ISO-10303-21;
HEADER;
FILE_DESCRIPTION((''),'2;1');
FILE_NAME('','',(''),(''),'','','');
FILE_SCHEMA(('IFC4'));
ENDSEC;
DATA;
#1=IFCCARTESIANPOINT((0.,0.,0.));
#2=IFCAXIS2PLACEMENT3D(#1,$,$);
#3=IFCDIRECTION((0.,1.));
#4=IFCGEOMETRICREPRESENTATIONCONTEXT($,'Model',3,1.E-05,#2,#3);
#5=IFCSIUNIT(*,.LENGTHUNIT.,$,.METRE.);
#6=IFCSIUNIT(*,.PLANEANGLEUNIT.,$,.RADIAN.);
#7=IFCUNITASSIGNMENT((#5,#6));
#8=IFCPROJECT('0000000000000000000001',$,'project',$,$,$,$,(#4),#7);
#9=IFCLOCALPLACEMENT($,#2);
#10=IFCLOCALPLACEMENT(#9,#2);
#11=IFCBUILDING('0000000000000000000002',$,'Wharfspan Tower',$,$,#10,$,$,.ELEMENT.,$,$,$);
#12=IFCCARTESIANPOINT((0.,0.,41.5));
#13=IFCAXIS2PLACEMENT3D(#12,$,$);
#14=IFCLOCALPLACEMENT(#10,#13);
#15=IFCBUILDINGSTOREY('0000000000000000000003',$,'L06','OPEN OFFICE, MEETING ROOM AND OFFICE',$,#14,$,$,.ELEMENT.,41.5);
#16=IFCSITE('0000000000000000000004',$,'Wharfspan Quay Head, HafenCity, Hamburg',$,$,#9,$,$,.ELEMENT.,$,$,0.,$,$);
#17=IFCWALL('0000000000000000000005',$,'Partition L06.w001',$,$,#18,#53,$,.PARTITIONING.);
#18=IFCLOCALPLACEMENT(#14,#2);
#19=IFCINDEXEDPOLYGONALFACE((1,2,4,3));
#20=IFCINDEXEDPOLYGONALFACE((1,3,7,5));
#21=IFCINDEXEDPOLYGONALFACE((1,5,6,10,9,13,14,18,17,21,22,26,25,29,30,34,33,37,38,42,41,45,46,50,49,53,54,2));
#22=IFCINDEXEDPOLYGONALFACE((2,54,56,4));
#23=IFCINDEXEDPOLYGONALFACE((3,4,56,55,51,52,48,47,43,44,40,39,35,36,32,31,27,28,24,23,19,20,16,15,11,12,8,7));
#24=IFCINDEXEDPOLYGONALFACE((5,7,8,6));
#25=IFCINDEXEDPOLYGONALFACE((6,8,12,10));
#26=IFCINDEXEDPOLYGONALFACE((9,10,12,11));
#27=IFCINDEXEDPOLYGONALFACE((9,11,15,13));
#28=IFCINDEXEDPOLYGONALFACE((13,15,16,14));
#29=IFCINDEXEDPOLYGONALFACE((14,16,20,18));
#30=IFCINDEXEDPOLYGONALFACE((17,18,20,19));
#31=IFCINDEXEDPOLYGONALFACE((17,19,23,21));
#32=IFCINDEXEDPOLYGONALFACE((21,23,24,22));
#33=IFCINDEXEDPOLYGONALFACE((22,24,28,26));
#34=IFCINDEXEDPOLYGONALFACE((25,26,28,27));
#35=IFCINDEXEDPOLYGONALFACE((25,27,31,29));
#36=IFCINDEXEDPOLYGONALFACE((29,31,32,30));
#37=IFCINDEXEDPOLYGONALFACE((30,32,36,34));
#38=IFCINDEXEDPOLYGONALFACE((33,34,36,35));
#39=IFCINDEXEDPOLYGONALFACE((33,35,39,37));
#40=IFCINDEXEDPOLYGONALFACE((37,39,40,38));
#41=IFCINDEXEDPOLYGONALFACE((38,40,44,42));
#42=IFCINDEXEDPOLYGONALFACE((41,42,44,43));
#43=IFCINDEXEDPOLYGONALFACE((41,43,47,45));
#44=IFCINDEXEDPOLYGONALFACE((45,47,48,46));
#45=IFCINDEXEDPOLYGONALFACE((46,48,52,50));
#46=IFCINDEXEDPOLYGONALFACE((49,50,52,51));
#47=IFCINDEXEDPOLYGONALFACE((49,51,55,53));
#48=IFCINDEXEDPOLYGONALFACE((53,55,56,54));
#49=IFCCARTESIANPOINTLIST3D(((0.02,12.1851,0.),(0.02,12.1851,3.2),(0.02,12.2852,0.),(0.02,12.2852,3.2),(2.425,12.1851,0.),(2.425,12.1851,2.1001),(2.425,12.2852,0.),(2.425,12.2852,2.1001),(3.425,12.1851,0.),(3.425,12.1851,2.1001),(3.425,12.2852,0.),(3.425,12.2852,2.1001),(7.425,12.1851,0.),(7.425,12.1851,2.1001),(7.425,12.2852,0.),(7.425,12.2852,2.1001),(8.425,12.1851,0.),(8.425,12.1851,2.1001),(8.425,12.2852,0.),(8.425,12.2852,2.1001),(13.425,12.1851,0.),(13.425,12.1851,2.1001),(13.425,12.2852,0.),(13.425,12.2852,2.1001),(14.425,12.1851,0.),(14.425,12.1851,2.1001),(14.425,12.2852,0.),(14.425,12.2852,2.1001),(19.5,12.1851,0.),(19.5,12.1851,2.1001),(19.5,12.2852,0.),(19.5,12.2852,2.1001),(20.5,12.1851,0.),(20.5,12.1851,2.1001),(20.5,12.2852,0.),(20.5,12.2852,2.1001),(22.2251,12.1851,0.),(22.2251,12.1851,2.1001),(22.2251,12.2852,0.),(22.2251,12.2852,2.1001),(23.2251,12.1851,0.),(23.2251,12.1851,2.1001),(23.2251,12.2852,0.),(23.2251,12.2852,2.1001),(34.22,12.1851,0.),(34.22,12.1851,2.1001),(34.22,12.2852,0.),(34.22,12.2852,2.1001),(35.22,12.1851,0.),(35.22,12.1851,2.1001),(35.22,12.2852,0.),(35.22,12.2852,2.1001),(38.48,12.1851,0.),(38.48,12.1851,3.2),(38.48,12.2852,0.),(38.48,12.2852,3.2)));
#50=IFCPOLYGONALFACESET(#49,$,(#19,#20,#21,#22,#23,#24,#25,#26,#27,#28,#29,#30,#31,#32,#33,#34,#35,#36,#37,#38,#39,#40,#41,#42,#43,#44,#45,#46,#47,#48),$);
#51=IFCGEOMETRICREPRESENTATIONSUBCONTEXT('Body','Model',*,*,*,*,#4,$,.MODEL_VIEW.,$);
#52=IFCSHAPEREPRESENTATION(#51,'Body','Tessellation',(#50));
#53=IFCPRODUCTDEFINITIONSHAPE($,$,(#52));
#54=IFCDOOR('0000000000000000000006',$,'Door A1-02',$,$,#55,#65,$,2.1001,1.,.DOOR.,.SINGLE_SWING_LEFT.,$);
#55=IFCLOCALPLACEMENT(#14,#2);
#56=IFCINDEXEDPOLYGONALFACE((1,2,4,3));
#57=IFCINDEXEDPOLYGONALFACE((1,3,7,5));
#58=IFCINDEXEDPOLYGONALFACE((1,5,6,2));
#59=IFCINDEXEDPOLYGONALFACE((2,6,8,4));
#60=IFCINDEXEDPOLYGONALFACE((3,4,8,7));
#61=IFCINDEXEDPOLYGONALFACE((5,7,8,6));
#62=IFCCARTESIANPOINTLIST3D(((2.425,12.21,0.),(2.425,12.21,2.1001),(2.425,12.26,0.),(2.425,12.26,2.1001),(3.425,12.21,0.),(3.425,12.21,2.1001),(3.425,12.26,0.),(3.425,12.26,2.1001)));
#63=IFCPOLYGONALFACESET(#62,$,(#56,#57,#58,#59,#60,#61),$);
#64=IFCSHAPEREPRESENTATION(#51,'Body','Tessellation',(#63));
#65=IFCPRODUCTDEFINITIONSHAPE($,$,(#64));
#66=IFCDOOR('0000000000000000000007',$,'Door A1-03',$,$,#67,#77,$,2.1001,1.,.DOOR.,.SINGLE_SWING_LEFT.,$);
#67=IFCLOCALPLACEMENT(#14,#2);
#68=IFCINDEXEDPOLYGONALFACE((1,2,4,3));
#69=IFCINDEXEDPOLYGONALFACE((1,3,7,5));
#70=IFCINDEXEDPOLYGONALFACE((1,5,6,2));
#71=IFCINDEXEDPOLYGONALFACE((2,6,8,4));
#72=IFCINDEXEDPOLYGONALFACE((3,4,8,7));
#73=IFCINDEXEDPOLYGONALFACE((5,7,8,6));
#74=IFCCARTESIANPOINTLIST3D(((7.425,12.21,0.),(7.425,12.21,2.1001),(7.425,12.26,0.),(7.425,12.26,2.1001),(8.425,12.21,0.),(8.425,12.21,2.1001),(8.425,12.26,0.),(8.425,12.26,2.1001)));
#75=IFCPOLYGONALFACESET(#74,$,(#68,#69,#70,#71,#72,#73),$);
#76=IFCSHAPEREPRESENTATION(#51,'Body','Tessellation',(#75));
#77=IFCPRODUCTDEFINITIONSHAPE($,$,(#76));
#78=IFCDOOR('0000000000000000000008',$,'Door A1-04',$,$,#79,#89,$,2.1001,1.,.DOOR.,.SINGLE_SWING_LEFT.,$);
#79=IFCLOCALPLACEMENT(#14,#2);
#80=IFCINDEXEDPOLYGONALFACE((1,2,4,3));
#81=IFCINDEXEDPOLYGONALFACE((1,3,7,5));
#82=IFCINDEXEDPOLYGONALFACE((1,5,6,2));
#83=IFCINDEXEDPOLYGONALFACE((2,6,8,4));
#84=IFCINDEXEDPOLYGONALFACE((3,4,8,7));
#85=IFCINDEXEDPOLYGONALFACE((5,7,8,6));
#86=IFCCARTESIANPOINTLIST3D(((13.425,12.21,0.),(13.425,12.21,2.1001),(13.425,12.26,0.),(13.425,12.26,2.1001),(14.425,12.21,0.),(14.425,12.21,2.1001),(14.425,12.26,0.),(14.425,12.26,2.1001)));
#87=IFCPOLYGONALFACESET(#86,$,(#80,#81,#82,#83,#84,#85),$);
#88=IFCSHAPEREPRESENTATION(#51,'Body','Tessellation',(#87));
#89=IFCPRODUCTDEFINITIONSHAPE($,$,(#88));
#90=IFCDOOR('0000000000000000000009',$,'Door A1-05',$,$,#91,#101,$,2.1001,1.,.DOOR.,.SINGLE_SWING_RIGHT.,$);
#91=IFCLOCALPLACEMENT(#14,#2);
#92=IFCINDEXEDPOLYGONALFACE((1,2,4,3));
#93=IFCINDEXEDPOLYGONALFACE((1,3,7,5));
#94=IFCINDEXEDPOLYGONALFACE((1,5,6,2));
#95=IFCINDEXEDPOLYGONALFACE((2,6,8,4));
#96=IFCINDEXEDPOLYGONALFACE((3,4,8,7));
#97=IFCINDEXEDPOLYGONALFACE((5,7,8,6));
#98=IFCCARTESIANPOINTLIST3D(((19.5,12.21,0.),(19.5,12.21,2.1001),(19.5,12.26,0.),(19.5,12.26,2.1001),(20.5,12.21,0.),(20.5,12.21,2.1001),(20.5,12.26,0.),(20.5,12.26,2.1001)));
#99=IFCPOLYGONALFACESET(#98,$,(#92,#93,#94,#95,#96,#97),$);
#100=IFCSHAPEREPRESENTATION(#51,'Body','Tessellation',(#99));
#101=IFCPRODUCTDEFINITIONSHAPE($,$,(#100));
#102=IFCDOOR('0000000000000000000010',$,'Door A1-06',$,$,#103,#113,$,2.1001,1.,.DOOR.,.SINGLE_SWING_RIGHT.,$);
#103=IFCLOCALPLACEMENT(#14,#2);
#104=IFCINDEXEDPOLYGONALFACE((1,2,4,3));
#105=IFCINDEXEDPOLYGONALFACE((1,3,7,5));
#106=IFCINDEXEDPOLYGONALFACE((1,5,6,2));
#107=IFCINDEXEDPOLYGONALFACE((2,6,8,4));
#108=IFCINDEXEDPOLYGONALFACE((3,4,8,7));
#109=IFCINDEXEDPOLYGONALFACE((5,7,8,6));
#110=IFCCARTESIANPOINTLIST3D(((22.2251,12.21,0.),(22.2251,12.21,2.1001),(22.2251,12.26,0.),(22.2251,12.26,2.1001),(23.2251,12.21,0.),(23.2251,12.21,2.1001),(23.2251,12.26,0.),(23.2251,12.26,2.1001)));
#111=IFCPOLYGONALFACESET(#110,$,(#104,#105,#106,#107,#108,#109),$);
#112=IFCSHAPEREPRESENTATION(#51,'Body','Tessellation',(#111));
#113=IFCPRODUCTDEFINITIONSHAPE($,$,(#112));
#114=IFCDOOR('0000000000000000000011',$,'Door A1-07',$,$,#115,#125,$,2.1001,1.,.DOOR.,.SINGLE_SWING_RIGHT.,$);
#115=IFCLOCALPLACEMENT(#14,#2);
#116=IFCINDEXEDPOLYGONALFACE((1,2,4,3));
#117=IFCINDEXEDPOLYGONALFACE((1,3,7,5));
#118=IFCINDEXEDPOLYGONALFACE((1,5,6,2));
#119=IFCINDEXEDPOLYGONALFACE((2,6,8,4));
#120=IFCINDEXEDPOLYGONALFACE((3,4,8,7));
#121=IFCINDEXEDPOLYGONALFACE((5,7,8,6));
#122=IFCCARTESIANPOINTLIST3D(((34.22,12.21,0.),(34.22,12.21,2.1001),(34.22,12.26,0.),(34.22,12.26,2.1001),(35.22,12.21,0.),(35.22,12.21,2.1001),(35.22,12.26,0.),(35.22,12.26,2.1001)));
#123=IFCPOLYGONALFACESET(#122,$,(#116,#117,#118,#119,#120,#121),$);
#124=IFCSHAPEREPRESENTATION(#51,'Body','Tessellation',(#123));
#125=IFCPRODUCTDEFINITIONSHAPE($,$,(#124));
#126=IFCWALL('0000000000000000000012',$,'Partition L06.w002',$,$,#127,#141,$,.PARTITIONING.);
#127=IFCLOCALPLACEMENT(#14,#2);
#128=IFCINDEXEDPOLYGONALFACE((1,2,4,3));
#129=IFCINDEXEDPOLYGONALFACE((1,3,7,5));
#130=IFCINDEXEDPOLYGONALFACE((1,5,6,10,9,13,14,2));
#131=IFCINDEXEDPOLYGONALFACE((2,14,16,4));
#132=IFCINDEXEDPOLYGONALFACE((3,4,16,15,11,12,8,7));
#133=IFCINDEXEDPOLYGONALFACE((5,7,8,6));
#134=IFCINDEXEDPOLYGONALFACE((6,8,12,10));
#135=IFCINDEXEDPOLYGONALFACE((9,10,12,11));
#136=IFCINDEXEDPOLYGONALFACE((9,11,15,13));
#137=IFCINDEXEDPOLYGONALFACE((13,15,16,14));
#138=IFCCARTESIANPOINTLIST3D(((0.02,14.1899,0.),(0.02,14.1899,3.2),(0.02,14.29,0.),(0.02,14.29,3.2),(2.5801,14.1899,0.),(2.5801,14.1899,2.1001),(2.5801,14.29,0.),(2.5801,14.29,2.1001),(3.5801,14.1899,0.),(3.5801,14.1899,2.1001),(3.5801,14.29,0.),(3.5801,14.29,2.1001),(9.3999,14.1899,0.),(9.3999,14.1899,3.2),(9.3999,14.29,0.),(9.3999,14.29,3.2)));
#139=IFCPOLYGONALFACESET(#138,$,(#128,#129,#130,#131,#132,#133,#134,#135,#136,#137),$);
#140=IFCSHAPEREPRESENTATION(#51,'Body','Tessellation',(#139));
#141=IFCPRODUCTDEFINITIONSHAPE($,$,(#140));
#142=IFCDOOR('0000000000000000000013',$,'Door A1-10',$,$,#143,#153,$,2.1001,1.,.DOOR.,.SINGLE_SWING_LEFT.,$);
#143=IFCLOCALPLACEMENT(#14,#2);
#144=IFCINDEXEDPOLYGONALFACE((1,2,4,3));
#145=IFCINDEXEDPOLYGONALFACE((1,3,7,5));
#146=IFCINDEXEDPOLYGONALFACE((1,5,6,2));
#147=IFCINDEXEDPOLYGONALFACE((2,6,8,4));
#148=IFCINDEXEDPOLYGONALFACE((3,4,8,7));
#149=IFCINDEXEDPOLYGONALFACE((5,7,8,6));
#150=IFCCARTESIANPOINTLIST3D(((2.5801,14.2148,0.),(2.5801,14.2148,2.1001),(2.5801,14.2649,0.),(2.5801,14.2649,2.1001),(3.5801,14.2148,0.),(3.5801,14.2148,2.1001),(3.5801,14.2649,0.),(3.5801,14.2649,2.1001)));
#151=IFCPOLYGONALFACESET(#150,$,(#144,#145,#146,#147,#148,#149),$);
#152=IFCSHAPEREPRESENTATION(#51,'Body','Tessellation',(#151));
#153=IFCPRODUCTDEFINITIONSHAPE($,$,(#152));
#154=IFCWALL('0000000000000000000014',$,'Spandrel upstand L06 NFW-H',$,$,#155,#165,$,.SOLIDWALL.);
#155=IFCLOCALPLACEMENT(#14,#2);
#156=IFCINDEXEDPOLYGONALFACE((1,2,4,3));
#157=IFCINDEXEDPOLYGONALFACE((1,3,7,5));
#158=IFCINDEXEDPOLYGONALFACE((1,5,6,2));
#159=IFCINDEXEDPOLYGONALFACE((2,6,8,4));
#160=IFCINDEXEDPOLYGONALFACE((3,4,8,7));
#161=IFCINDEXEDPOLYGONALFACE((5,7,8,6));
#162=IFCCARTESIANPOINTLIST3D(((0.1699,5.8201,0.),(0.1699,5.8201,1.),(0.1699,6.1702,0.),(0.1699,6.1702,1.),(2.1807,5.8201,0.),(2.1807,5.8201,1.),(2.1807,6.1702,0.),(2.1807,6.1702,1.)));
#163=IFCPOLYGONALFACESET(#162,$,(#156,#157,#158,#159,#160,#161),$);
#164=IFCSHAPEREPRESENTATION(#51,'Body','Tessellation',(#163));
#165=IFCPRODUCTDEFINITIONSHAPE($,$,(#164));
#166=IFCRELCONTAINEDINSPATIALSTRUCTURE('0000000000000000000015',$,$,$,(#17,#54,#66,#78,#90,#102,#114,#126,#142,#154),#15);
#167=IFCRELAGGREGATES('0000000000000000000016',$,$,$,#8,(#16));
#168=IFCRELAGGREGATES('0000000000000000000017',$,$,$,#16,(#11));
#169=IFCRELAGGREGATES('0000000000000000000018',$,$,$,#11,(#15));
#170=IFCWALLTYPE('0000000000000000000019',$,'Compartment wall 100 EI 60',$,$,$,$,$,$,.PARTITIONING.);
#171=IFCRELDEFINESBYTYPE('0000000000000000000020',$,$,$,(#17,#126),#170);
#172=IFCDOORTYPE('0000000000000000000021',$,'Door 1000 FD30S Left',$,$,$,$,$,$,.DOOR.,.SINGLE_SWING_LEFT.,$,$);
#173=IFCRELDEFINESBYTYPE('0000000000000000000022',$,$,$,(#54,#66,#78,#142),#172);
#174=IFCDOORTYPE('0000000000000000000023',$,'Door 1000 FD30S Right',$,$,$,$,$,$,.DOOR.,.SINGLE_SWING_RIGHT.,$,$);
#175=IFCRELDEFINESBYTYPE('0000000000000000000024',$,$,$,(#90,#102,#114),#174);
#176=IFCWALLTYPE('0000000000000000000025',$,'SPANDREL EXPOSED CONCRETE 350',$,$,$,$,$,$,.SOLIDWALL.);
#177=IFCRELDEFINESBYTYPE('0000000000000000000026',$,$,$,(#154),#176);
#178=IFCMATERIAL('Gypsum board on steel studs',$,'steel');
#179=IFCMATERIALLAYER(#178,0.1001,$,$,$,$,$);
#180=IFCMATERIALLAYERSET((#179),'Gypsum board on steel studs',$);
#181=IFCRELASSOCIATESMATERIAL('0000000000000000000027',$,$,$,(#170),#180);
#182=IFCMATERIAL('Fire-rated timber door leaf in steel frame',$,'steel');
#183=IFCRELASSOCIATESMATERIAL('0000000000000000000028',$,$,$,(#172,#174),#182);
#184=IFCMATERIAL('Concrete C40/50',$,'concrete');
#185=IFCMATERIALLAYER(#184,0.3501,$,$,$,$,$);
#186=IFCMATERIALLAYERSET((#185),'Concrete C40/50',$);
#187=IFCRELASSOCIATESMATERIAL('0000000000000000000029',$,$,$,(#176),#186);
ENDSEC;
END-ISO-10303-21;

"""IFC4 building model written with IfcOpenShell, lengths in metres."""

from ifc_helpers import new_model, si_unit, direction, frame, frame_2d, origin, place, context, subcontext, project, spatial, rectangle, extrude, material, layer, layer_set, type_object, element, fill, save


model = new_model("IFC4")

# Units and contexts
model_context = context("Model", 3, precision=1e-05, world=origin(), true_north=direction((0.0, 1.0)))
body_context = subcontext(model_context, "Body", "Model", "MODEL_VIEW")
ifc_project = project(units=[si_unit("LENGTHUNIT", "METRE"), si_unit("PLANEANGLEUNIT", "RADIAN")], contexts=[model_context])

# Site, building, storey
site_placement = place(None, origin())
site = spatial("IfcSite", under=ifc_project, at=site_placement, Name="Wharfspan Quay Head, HafenCity, Hamburg", CompositionType="ELEMENT", RefElevation=0.0)
building_placement = place(site_placement, origin())
building = spatial("IfcBuilding", under=site, at=building_placement, Name="Wharfspan Tower", CompositionType="ELEMENT")
storey_placement = place(building_placement, frame((0.0, 0.0, 41.5)))
storey = spatial("IfcBuildingStorey", under=building, at=storey_placement, Name="L06", Description="OPEN OFFICE, MEETING ROOM AND OFFICE", CompositionType="ELEMENT", Elevation=41.5)

# Shared definitions
ifc_material_1 = material(Name="Concrete C40/50", Category="concrete")

# Wall, openings, doors
ifc_material_2 = material(Name="Gypsum board on steel studs", Category="steel")
ifc_layer_1 = layer(ifc_material_2, 0.1001)
ifc_layer_set_1 = layer_set([ifc_layer_1], Name="Gypsum board on steel studs")
wall_type_1 = type_object("IfcWallType", Name="Compartment wall 100 EI 60", PredefinedType="PARTITIONING", material=ifc_layer_set_1)
wall_1_placement = place(storey_placement, frame((0.02, 12.2351, 0.0), z_axis=(0.0, 0.0, 1.0), x_axis=(1.0, 0.0, 0.0)))
wall_1 = element("IfcWall", 1, at=wall_1_placement, inside=storey, type_object=wall_type_1, Name="Partition L06.w001", PredefinedType="PARTITIONING", context=body_context, shape_type="SweptSolid", body=[
    extrude(rectangle(XDim=38.46, YDim=0.1001, at=frame_2d((19.23, 0.0))), origin(), (0.0, 0.0, 1.0), 3.2),
])
opening_1_placement = place(wall_1_placement, frame((2.405, 0.0, 0.0)))
opening_1 = element("IfcOpeningElement", 2, at=opening_1_placement, cuts=wall_1, PredefinedType="OPENING", context=body_context, shape_type="SweptSolid", body=[
    extrude(rectangle(XDim=1.0, YDim=2.1001, at=frame_2d((0.5, 1.05))), frame((0.0, 0.0601, 0.0), z_axis=(0.0, -1.0, 0.0), x_axis=(1.0, 0.0, 0.0)), (0.0, 0.0, 1.0), 0.1201),
])
opening_2_placement = place(wall_1_placement, frame((7.405, 0.0, 0.0)))
opening_2 = element("IfcOpeningElement", 3, at=opening_2_placement, cuts=wall_1, PredefinedType="OPENING", context=body_context, shape_type="SweptSolid", body=[
    extrude(rectangle(XDim=1.0, YDim=2.1001, at=frame_2d((0.5, 1.05))), frame((0.0, 0.0601, 0.0), z_axis=(0.0, -1.0, 0.0), x_axis=(1.0, 0.0, 0.0)), (0.0, 0.0, 1.0), 0.1201),
])
opening_3_placement = place(wall_1_placement, frame((13.405, 0.0, 0.0)))
opening_3 = element("IfcOpeningElement", 4, at=opening_3_placement, cuts=wall_1, PredefinedType="OPENING", context=body_context, shape_type="SweptSolid", body=[
    extrude(rectangle(XDim=1.0, YDim=2.1001, at=frame_2d((0.5, 1.05))), frame((0.0, 0.0601, 0.0), z_axis=(0.0, -1.0, 0.0), x_axis=(1.0, 0.0, 0.0)), (0.0, 0.0, 1.0), 0.1201),
])
opening_4_placement = place(wall_1_placement, frame((19.48, 0.0, 0.0)))
opening_4 = element("IfcOpeningElement", 5, at=opening_4_placement, cuts=wall_1, PredefinedType="OPENING", context=body_context, shape_type="SweptSolid", body=[
    extrude(rectangle(XDim=1.0, YDim=2.1001, at=frame_2d((0.5, 1.05))), frame((0.0, 0.0601, 0.0), z_axis=(0.0, -1.0, 0.0), x_axis=(1.0, 0.0, 0.0)), (0.0, 0.0, 1.0), 0.1201),
])
opening_5_placement = place(wall_1_placement, frame((22.2051, 0.0, 0.0)))
opening_5 = element("IfcOpeningElement", 6, at=opening_5_placement, cuts=wall_1, PredefinedType="OPENING", context=body_context, shape_type="SweptSolid", body=[
    extrude(rectangle(XDim=1.0, YDim=2.1001, at=frame_2d((0.5, 1.05))), frame((0.0, 0.0601, 0.0), z_axis=(0.0, -1.0, 0.0), x_axis=(1.0, 0.0, 0.0)), (0.0, 0.0, 1.0), 0.1201),
])
opening_6_placement = place(wall_1_placement, frame((34.2, 0.0, 0.0)))
opening_6 = element("IfcOpeningElement", 7, at=opening_6_placement, cuts=wall_1, PredefinedType="OPENING", context=body_context, shape_type="SweptSolid", body=[
    extrude(rectangle(XDim=1.0, YDim=2.1001, at=frame_2d((0.5, 1.05))), frame((0.0, 0.0601, 0.0), z_axis=(0.0, -1.0, 0.0), x_axis=(1.0, 0.0, 0.0)), (0.0, 0.0, 1.0), 0.1201),
])
ifc_material_3 = material(Name="Fire-rated timber door leaf in steel frame", Category="steel")
door_type_1 = type_object("IfcDoorType", Name="Door 1000 FD30S Left", OperationType="SINGLE_SWING_LEFT", PredefinedType="DOOR", material=ifc_material_3)
door_1_placement = place(opening_1_placement, origin())
door_1 = element("IfcDoor", 8, at=door_1_placement, inside=storey, type_object=door_type_1, Name="Door A1-02", OperationType="SINGLE_SWING_LEFT", OverallHeight=2.1001, OverallWidth=1.0, PredefinedType="DOOR", context=body_context, shape_type="SweptSolid", body=[
    extrude(rectangle(XDim=1.0, YDim=2.1001, at=frame_2d((0.5, 1.05))), frame((0.0, 0.0249, 0.0), z_axis=(0.0, -1.0, 0.0), x_axis=(1.0, 0.0, 0.0)), (0.0, 0.0, 1.0), 0.05),
])
fill(opening_1, door_1)
door_2_placement = place(opening_2_placement, origin())
door_2 = element("IfcDoor", 9, at=door_2_placement, inside=storey, type_object=door_type_1, Name="Door A1-03", OperationType="SINGLE_SWING_LEFT", OverallHeight=2.1001, OverallWidth=1.0, PredefinedType="DOOR", context=body_context, shape_type="SweptSolid", body=[
    extrude(rectangle(XDim=1.0, YDim=2.1001, at=frame_2d((0.5, 1.05))), frame((0.0, 0.0249, 0.0), z_axis=(0.0, -1.0, 0.0), x_axis=(1.0, 0.0, 0.0)), (0.0, 0.0, 1.0), 0.05),
])
fill(opening_2, door_2)
door_3_placement = place(opening_3_placement, origin())
door_3 = element("IfcDoor", 10, at=door_3_placement, inside=storey, type_object=door_type_1, Name="Door A1-04", OperationType="SINGLE_SWING_LEFT", OverallHeight=2.1001, OverallWidth=1.0, PredefinedType="DOOR", context=body_context, shape_type="SweptSolid", body=[
    extrude(rectangle(XDim=1.0, YDim=2.1001, at=frame_2d((0.5, 1.05))), frame((0.0, 0.0249, 0.0), z_axis=(0.0, -1.0, 0.0), x_axis=(1.0, 0.0, 0.0)), (0.0, 0.0, 1.0), 0.05),
])
fill(opening_3, door_3)
door_type_2 = type_object("IfcDoorType", Name="Door 1000 FD30S Right", OperationType="SINGLE_SWING_RIGHT", PredefinedType="DOOR", material=ifc_material_3)
door_4_placement = place(opening_4_placement, origin())
door_4 = element("IfcDoor", 11, at=door_4_placement, inside=storey, type_object=door_type_2, Name="Door A1-05", OperationType="SINGLE_SWING_RIGHT", OverallHeight=2.1001, OverallWidth=1.0, PredefinedType="DOOR", context=body_context, shape_type="SweptSolid", body=[
    extrude(rectangle(XDim=1.0, YDim=2.1001, at=frame_2d((0.5, 1.05))), frame((0.0, 0.0249, 0.0), z_axis=(0.0, -1.0, 0.0), x_axis=(1.0, 0.0, 0.0)), (0.0, 0.0, 1.0), 0.05),
])
fill(opening_4, door_4)
door_5_placement = place(opening_5_placement, origin())
door_5 = element("IfcDoor", 12, at=door_5_placement, inside=storey, type_object=door_type_2, Name="Door A1-06", OperationType="SINGLE_SWING_RIGHT", OverallHeight=2.1001, OverallWidth=1.0, PredefinedType="DOOR", context=body_context, shape_type="SweptSolid", body=[
    extrude(rectangle(XDim=1.0, YDim=2.1001, at=frame_2d((0.5, 1.05))), frame((0.0, 0.0249, 0.0), z_axis=(0.0, -1.0, 0.0), x_axis=(1.0, 0.0, 0.0)), (0.0, 0.0, 1.0), 0.05),
])
fill(opening_5, door_5)
door_6_placement = place(opening_6_placement, origin())
door_6 = element("IfcDoor", 13, at=door_6_placement, inside=storey, type_object=door_type_2, Name="Door A1-07", OperationType="SINGLE_SWING_RIGHT", OverallHeight=2.1001, OverallWidth=1.0, PredefinedType="DOOR", context=body_context, shape_type="SweptSolid", body=[
    extrude(rectangle(XDim=1.0, YDim=2.1001, at=frame_2d((0.5, 1.05))), frame((0.0, 0.0249, 0.0), z_axis=(0.0, -1.0, 0.0), x_axis=(1.0, 0.0, 0.0)), (0.0, 0.0, 1.0), 0.05),
])
fill(opening_6, door_6)

# Wall, opening, door
wall_2_placement = place(storey_placement, frame((0.02, 14.24, 0.0), z_axis=(0.0, 0.0, 1.0), x_axis=(1.0, 0.0, 0.0)))
wall_2 = element("IfcWall", 14, at=wall_2_placement, inside=storey, type_object=wall_type_1, Name="Partition L06.w002", PredefinedType="PARTITIONING", context=body_context, shape_type="SweptSolid", body=[
    extrude(rectangle(XDim=9.3799, YDim=0.1001, at=frame_2d((4.6899, 0.0))), origin(), (0.0, 0.0, 1.0), 3.2),
])
opening_7_placement = place(wall_2_placement, frame((2.5601, 0.0, 0.0)))
opening_7 = element("IfcOpeningElement", 15, at=opening_7_placement, cuts=wall_2, PredefinedType="OPENING", context=body_context, shape_type="SweptSolid", body=[
    extrude(rectangle(XDim=1.0, YDim=2.1001, at=frame_2d((0.5, 1.05))), frame((0.0, 0.0601, 0.0), z_axis=(0.0, -1.0, 0.0), x_axis=(1.0, 0.0, 0.0)), (0.0, 0.0, 1.0), 0.1201),
])
door_7_placement = place(opening_7_placement, origin())
door_7 = element("IfcDoor", 16, at=door_7_placement, inside=storey, type_object=door_type_1, Name="Door A1-10", OperationType="SINGLE_SWING_LEFT", OverallHeight=2.1001, OverallWidth=1.0, PredefinedType="DOOR", context=body_context, shape_type="SweptSolid", body=[
    extrude(rectangle(XDim=1.0, YDim=2.1001, at=frame_2d((0.5, 1.05))), frame((0.0, 0.0249, 0.0), z_axis=(0.0, -1.0, 0.0), x_axis=(1.0, 0.0, 0.0)), (0.0, 0.0, 1.0), 0.05),
])
fill(opening_7, door_7)

# Wall
ifc_layer_2 = layer(ifc_material_1, 0.3501)
ifc_layer_set_2 = layer_set([ifc_layer_2], Name="Concrete C40/50")
wall_type_2 = type_object("IfcWallType", Name="SPANDREL EXPOSED CONCRETE 350", PredefinedType="SOLIDWALL", material=ifc_layer_set_2)
wall_3_placement = place(storey_placement, frame((0.1699, 5.9951, 0.0), z_axis=(0.0, 0.0, 1.0), x_axis=(1.0, 0.0, 0.0)))
element("IfcWall", 17, at=wall_3_placement, inside=storey, type_object=wall_type_2, Name="Spandrel upstand L06 NFW-H", PredefinedType="SOLIDWALL", context=body_context, shape_type="SweptSolid", body=[
    extrude(rectangle(XDim=2.0107, YDim=0.3501, at=frame_2d((1.0054, 0.0))), origin(), (0.0, 0.0, 1.0), 1.0),
])

save(model, "model.ifc")
